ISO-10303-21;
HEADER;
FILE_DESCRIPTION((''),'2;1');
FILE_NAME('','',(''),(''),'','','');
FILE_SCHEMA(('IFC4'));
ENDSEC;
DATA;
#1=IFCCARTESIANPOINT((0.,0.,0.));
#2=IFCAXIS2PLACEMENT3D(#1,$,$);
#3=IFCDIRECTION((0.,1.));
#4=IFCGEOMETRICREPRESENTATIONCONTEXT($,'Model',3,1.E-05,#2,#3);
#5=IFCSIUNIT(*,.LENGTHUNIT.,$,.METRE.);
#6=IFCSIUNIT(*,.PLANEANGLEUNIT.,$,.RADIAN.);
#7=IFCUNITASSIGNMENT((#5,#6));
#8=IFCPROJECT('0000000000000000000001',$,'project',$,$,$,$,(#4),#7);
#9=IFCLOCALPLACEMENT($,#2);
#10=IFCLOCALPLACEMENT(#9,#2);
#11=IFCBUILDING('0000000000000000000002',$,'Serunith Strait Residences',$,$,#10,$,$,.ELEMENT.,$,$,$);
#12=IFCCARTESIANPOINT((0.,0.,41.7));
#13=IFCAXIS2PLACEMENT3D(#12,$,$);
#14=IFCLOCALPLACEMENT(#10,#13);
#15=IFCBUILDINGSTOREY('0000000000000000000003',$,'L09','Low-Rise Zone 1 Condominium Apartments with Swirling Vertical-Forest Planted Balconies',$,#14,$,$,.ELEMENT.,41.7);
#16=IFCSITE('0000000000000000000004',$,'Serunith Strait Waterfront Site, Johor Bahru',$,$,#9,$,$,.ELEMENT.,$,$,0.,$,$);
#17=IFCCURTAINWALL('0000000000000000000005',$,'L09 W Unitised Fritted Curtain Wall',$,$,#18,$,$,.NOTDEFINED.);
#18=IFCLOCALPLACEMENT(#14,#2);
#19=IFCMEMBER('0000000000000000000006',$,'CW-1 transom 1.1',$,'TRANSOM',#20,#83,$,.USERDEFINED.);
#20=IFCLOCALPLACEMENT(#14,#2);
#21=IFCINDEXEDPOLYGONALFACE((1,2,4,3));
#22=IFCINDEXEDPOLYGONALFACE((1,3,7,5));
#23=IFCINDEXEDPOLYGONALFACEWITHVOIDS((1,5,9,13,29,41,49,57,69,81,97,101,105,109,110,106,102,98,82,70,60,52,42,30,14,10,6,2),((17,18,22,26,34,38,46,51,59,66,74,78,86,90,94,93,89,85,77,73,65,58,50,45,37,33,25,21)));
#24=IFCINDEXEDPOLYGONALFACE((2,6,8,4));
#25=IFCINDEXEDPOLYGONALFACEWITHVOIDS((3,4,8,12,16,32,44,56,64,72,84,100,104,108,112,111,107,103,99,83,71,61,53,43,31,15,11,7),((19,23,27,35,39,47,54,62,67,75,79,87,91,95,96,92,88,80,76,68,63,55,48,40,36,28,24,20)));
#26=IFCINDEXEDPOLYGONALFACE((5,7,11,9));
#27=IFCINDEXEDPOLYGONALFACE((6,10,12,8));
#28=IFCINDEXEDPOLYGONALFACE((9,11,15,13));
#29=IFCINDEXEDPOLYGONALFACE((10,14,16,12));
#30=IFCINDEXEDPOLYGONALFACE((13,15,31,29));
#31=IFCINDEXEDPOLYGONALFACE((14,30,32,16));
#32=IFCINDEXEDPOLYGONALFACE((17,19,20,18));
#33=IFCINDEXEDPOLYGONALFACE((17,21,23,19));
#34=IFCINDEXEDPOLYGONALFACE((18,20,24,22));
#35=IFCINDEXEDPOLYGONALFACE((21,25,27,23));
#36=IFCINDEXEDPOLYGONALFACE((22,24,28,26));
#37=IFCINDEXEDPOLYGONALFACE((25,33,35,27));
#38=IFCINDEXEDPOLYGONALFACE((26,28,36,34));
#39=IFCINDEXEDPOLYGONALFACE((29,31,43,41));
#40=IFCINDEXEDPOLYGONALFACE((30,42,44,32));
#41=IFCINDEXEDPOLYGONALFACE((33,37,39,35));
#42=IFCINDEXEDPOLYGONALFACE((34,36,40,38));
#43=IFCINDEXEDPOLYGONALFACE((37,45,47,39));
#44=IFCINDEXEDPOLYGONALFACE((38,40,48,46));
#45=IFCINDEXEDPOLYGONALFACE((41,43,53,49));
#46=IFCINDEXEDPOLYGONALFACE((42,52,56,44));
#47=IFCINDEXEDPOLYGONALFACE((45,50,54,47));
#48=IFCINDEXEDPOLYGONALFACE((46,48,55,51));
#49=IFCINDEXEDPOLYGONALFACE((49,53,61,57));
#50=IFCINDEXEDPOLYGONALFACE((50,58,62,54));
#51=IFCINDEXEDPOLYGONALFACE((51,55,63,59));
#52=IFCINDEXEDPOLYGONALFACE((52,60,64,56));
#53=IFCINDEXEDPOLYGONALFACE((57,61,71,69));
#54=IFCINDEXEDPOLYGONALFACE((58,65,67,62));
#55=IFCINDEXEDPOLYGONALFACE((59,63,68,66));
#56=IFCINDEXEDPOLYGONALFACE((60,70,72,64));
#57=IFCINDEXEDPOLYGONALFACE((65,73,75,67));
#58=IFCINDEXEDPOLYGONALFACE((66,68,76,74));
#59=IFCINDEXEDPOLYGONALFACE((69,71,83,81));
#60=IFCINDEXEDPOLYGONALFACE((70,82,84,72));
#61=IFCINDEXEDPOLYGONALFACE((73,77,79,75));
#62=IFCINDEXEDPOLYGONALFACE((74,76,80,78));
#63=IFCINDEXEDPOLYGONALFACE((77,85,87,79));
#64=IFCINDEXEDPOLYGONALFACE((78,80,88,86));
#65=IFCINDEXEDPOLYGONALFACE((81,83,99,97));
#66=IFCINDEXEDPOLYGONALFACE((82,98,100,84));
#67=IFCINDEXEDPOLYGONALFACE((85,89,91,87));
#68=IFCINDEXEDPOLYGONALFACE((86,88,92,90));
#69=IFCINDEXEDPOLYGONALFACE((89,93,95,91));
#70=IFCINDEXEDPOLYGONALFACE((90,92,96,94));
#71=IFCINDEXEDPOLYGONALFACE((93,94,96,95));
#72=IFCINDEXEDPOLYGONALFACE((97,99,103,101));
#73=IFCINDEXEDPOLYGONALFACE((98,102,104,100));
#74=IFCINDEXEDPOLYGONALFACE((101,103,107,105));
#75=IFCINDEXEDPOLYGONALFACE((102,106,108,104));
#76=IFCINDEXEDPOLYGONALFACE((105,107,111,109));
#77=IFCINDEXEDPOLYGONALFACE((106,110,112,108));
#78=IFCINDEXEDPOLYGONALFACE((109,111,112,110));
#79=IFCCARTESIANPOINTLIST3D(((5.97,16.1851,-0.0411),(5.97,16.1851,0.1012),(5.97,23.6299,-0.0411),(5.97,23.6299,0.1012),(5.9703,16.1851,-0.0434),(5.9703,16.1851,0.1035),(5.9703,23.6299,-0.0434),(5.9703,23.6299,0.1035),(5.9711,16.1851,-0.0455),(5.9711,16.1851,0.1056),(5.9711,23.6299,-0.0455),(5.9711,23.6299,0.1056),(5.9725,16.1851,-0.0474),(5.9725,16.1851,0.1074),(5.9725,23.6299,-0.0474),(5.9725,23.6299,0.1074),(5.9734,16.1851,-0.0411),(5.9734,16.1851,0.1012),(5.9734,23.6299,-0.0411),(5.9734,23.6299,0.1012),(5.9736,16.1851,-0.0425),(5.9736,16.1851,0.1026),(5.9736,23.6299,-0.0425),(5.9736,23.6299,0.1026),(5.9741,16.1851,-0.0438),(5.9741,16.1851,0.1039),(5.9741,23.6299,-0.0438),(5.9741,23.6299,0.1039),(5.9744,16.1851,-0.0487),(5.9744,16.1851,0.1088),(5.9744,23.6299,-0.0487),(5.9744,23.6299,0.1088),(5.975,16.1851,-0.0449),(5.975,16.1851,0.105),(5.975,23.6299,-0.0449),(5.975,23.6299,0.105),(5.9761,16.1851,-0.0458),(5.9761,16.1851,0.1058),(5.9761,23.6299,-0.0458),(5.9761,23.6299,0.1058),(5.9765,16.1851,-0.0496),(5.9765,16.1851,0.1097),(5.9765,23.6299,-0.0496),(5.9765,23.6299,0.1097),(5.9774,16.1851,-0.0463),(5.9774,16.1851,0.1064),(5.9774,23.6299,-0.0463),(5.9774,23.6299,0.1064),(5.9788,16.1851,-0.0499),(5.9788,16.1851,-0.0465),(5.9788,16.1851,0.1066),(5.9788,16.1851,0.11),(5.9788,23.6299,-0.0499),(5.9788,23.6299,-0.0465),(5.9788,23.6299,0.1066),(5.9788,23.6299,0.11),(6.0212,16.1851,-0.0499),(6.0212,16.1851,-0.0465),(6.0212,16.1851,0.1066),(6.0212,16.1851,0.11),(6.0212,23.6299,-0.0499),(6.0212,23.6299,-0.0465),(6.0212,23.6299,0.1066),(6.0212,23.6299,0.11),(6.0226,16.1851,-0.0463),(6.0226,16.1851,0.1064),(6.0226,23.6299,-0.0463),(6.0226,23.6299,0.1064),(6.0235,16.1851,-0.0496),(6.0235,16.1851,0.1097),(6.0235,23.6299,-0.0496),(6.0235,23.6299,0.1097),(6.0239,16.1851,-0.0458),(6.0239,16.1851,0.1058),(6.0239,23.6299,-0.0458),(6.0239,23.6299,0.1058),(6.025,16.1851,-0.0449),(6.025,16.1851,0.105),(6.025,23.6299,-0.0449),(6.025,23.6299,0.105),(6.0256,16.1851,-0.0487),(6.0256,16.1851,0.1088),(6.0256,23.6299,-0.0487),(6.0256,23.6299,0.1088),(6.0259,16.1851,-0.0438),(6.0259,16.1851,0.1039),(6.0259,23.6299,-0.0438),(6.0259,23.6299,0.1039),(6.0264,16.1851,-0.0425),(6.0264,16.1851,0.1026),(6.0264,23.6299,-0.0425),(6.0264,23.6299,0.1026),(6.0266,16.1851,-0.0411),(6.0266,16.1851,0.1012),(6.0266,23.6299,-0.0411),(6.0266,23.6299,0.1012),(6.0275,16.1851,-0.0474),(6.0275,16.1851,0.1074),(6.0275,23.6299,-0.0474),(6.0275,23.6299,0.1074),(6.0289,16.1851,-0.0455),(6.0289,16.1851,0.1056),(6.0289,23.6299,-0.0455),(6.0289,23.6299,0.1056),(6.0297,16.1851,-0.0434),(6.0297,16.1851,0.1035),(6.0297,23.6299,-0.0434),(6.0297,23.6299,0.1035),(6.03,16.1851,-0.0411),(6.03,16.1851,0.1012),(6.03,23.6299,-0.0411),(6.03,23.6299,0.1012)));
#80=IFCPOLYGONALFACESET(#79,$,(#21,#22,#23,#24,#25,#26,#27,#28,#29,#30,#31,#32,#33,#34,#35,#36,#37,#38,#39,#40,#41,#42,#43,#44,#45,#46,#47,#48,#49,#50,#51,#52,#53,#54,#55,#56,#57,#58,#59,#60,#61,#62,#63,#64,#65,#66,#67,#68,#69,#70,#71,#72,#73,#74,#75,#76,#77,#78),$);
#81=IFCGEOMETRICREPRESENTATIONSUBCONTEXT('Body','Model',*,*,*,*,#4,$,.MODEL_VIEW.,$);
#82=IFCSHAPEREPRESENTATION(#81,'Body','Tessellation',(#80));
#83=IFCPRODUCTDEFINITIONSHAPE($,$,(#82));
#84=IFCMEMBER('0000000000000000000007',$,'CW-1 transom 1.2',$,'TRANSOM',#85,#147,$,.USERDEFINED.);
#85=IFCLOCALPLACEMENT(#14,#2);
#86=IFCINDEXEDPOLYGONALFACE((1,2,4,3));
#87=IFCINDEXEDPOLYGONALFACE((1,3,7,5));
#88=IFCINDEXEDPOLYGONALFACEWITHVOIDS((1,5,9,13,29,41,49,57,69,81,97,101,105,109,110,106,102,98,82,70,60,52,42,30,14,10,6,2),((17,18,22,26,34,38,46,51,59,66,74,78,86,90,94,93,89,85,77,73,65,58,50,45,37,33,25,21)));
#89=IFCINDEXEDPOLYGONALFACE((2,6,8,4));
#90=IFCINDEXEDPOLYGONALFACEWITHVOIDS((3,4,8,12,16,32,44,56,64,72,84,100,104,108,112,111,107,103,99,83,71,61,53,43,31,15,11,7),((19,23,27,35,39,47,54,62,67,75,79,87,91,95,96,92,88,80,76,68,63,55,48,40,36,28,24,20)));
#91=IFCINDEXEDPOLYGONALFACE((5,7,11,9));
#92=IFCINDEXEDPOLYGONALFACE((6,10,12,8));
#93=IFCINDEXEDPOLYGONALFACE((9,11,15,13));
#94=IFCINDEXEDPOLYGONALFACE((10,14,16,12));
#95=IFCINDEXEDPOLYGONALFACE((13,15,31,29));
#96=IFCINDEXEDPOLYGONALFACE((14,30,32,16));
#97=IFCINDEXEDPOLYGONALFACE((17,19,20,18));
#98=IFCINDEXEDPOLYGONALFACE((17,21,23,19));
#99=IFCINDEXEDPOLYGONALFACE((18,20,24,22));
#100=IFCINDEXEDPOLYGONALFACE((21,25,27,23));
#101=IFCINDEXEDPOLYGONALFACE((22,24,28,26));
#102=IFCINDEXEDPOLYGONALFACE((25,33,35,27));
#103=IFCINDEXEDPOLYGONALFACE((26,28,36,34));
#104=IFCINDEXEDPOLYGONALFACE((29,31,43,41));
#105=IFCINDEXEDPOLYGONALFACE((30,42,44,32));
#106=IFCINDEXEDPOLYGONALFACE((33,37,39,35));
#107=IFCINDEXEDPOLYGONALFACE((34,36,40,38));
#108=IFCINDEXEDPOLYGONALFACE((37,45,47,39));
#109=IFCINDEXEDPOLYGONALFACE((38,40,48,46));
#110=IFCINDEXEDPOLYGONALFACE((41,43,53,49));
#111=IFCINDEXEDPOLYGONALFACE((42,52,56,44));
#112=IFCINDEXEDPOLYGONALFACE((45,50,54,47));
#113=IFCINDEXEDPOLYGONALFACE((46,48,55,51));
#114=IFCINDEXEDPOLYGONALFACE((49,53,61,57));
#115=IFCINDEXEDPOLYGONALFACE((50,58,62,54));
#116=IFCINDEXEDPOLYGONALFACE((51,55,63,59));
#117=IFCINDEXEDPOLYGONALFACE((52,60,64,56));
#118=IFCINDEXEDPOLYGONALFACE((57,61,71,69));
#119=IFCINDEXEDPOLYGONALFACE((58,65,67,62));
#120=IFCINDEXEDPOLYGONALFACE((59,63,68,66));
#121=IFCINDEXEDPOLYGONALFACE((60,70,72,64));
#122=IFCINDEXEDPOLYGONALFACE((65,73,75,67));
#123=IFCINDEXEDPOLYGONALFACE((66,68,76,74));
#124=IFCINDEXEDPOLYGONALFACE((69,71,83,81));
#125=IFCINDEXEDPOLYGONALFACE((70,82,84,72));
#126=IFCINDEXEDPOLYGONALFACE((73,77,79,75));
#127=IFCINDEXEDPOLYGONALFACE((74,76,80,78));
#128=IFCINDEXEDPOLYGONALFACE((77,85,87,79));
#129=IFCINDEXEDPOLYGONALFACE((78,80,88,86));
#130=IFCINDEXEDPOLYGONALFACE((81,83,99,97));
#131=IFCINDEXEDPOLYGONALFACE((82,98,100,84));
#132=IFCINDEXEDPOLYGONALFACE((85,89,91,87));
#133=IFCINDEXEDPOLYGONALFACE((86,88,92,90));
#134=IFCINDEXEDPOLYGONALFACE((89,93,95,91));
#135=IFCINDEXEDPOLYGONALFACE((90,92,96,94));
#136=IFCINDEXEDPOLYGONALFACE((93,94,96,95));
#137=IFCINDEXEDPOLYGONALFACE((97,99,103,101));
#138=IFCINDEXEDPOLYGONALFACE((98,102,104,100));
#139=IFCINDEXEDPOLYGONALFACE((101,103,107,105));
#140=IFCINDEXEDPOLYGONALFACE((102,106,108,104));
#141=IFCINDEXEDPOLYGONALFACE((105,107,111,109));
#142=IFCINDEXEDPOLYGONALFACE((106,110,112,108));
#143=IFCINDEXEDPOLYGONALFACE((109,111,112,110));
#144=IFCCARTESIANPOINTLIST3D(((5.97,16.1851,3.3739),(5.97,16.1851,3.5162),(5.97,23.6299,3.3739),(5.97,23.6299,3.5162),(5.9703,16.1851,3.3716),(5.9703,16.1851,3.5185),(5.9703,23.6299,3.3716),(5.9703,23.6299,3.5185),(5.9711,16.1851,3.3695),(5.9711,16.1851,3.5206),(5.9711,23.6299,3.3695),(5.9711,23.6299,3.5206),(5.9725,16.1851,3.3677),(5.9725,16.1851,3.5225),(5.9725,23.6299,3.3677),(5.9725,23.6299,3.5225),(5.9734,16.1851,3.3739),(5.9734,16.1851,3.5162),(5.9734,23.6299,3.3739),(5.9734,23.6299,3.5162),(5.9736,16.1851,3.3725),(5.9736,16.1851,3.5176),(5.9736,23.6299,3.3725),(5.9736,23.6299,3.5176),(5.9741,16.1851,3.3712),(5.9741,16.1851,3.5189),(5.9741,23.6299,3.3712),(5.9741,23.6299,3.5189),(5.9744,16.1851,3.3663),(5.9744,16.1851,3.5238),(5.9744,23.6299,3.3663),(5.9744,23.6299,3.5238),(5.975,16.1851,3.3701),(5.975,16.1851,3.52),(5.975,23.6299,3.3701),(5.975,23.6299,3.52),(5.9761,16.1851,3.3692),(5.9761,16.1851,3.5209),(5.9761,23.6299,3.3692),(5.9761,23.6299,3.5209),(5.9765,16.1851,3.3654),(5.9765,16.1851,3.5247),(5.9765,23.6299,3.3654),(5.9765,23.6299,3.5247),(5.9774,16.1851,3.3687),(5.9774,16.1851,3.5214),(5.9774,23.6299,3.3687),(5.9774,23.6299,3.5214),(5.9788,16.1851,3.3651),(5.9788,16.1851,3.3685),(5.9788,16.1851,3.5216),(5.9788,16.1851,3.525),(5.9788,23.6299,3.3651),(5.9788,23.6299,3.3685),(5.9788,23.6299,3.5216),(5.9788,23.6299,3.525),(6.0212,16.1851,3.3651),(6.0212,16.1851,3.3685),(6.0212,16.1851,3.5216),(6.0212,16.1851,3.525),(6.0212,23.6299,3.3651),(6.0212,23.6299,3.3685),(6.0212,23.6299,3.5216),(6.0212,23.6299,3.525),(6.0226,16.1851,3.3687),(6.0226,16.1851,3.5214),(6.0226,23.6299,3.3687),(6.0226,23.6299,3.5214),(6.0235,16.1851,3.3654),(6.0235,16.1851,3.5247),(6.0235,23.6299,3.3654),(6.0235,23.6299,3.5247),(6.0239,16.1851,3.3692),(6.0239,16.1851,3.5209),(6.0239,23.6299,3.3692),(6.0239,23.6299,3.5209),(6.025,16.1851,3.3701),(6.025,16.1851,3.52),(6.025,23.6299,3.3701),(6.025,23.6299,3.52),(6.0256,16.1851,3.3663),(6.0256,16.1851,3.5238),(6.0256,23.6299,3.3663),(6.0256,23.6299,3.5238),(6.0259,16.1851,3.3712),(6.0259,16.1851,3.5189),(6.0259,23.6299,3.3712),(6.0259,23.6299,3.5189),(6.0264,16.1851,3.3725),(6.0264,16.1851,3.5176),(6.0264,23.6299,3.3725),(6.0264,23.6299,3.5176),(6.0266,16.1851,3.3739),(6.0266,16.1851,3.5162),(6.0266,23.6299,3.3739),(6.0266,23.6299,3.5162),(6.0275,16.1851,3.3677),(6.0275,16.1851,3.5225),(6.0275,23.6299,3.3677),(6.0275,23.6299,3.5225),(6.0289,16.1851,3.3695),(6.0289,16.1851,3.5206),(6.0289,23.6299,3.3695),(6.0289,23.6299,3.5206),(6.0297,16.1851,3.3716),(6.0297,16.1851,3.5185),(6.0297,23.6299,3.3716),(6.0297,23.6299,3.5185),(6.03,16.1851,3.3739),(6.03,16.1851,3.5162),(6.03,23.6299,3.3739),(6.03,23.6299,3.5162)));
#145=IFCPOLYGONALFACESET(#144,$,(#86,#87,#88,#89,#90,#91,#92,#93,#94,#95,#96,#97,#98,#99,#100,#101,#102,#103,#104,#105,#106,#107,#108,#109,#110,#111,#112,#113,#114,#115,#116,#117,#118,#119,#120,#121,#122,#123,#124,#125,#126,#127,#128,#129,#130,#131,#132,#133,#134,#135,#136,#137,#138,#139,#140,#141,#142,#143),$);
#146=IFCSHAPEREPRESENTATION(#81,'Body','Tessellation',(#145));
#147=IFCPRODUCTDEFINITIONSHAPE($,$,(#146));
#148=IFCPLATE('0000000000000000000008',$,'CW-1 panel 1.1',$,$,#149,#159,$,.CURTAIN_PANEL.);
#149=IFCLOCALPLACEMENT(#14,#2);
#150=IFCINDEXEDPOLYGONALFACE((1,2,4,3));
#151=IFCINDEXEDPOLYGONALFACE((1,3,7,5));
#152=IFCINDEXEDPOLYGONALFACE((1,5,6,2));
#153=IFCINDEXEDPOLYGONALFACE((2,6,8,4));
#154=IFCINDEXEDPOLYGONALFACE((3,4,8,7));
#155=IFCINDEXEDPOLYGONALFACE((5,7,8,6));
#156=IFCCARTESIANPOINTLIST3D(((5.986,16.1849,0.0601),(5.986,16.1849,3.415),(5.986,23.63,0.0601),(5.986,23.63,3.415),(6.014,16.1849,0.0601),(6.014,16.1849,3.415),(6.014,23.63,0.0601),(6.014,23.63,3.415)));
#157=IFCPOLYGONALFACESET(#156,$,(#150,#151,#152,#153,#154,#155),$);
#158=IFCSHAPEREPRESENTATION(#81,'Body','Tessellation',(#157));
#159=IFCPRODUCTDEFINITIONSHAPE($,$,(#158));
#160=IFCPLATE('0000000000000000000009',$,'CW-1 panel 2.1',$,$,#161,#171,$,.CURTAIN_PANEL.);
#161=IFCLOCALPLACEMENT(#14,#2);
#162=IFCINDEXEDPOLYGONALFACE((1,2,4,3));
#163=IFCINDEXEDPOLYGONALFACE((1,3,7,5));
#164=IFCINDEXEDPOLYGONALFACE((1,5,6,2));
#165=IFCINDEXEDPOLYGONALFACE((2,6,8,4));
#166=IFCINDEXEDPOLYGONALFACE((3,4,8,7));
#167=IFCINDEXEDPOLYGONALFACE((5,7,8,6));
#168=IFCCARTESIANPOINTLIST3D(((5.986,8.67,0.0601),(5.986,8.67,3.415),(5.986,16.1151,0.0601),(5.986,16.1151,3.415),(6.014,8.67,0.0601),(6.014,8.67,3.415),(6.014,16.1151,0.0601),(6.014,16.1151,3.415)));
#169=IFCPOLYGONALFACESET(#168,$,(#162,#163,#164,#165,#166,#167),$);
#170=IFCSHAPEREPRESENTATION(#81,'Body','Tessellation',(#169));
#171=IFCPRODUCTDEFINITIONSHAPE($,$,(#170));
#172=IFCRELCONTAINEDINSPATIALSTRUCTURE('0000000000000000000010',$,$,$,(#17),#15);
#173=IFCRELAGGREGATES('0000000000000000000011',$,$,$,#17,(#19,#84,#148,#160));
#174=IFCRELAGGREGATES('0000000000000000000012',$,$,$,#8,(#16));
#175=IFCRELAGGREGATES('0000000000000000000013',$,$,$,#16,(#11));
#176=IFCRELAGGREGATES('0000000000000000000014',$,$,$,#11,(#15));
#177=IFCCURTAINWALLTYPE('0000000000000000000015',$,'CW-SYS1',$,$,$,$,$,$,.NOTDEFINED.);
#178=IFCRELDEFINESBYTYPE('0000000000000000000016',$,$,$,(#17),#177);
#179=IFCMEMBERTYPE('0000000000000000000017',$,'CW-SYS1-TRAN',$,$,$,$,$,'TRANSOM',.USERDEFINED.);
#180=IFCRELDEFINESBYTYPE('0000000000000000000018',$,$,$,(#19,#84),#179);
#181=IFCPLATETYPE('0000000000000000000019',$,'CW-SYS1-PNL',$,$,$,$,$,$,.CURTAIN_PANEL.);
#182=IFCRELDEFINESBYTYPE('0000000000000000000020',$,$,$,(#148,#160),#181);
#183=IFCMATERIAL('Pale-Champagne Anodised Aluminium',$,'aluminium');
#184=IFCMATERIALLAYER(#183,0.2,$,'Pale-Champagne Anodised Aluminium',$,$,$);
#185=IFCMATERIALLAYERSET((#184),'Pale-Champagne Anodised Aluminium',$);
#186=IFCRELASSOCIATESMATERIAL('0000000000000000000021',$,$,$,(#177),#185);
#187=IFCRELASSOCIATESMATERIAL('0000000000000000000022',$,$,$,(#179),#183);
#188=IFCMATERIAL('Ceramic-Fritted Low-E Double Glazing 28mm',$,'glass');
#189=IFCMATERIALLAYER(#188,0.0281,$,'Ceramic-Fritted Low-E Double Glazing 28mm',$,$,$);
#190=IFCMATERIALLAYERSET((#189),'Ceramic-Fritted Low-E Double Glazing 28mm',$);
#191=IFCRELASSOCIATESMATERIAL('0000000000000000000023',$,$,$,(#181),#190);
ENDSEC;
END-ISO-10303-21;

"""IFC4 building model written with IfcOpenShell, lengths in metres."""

from ifc_helpers import new_model, si_unit, direction, frame, origin, origin_2d, place, context, subcontext, project, spatial, rectangle, hollow_rectangle, extrude, source, transform, mapped, material, layer, layer_set, material_profile, profile_set, type_object, element, aggregate, save


model = new_model("IFC4")

# Units and contexts
model_context = context("Model", 3, precision=1e-05, world=origin(), true_north=direction((0.0, 1.0)))
body_context = subcontext(model_context, "Body", "Model", "MODEL_VIEW")
ifc_project = project(units=[si_unit("LENGTHUNIT", "METRE"), si_unit("PLANEANGLEUNIT", "RADIAN")], contexts=[model_context])

# Site, building, storey
site_placement = place(None, origin())
site = spatial("IfcSite", under=ifc_project, at=site_placement, Name="Serunith Strait Waterfront Site, Johor Bahru", CompositionType="ELEMENT", RefElevation=0.0)
building_placement = place(site_placement, origin())
building = spatial("IfcBuilding", under=site, at=building_placement, Name="Serunith Strait Residences", CompositionType="ELEMENT")
storey_placement = place(building_placement, frame((0.0, 0.0, 41.7)))
storey = spatial("IfcBuildingStorey", under=building, at=storey_placement, Name="L09", Description="Low-Rise Zone 1 Condominium Apartments with Swirling Vertical-Forest Planted Balconies", CompositionType="ELEMENT", Elevation=41.7)

# Curtain wall, members, plates
ifc_material_1 = material(Name="Pale-Champagne Anodised Aluminium", Category="aluminium")
ifc_layer_1 = layer(ifc_material_1, 0.2, Name="Pale-Champagne Anodised Aluminium")
ifc_layer_set_1 = layer_set([ifc_layer_1], Name="Pale-Champagne Anodised Aluminium")
curtain_wall_type = type_object("IfcCurtainWallType", Name="CW-SYS1", PredefinedType="NOTDEFINED", material=ifc_layer_set_1)
curtain_wall_placement = place(storey_placement, origin())
curtain_wall = element("IfcCurtainWall", 1, at=curtain_wall_placement, inside=storey, type_object=curtain_wall_type, Name="L09 W Unitised Fritted Curtain Wall", PredefinedType="NOTDEFINED")
ifc_material_profile_1 = material_profile(ifc_material_1, hollow_rectangle(XDim=0.0601, YDim=0.1599, WallThickness=0.0034, InnerFilletRadius=0.0054, OuterFilletRadius=0.0088, at=origin_2d()), Name="ALU 160x60x3.5")
ifc_profile_set_1 = profile_set([ifc_material_profile_1], Name="Pale-Champagne Anodised Aluminium")
member_type_1 = type_object("IfcMemberType", Name="CW-SYS1-TRAN", ElementType="TRANSOM", PredefinedType="USERDEFINED", material=ifc_profile_set_1)
shared_shape_1 = source(origin(), body_context, "Body", "SweptSolid", [
    extrude(hollow_rectangle(XDim=0.0601, YDim=0.1599, WallThickness=0.0034, InnerFilletRadius=0.0054, OuterFilletRadius=0.0088, at=origin_2d()), origin(), (0.0, 0.0, 1.0), 7.4448),
])
member_1_placement = place(storey_placement, frame((6.0, 23.6299, 0.03), z_axis=(0.0, -1.0, 0.0), x_axis=(1.0, 0.0, 0.0)))
member_1 = element("IfcMember", 2, at=member_1_placement, type_object=member_type_1, Name="CW-1 transom 1.1", ObjectType="TRANSOM", PredefinedType="USERDEFINED", context=body_context, shape_type="MappedRepresentation", body=[
    mapped(shared_shape_1, transform((0.0, 0.0, 0.0), scale=1.0)),
])
member_2_placement = place(storey_placement, frame((6.0, 23.6299, 3.4451), z_axis=(0.0, -1.0, 0.0), x_axis=(1.0, 0.0, 0.0)))
member_2 = element("IfcMember", 3, at=member_2_placement, type_object=member_type_1, Name="CW-1 transom 1.2", ObjectType="TRANSOM", PredefinedType="USERDEFINED", context=body_context, shape_type="MappedRepresentation", body=[
    mapped(shared_shape_1, transform((0.0, 0.0, 0.0), scale=1.0)),
])
ifc_material_2 = material(Name="Ceramic-Fritted Low-E Double Glazing 28mm", Category="glass")
ifc_layer_2 = layer(ifc_material_2, 0.0281, Name="Ceramic-Fritted Low-E Double Glazing 28mm")
ifc_layer_set_2 = layer_set([ifc_layer_2], Name="Ceramic-Fritted Low-E Double Glazing 28mm")
plate_type = type_object("IfcPlateType", Name="CW-SYS1-PNL", PredefinedType="CURTAIN_PANEL", material=ifc_layer_set_2)
shared_shape_2 = source(origin(), body_context, "Body", "SweptSolid", [
    extrude(rectangle(XDim=7.4451, YDim=0.0281, at=origin_2d()), origin(), (0.0, 0.0, 1.0), 3.355),
])
plate_1_placement = place(storey_placement, frame((6.0, 19.9075, 0.0601), z_axis=(0.0, 0.0, 1.0), x_axis=(0.0, -1.0, 0.0)))
plate_1 = element("IfcPlate", 4, at=plate_1_placement, type_object=plate_type, Name="CW-1 panel 1.1", PredefinedType="CURTAIN_PANEL", context=body_context, shape_type="MappedRepresentation", body=[
    mapped(shared_shape_2, transform((0.0, 0.0, 0.0), scale=1.0)),
])
plate_2_placement = place(storey_placement, frame((6.0, 12.3926, 0.0601), z_axis=(0.0, 0.0, 1.0), x_axis=(0.0, -1.0, 0.0)))
plate_2 = element("IfcPlate", 5, at=plate_2_placement, type_object=plate_type, Name="CW-1 panel 2.1", PredefinedType="CURTAIN_PANEL", context=body_context, shape_type="MappedRepresentation", body=[
    mapped(shared_shape_2, transform((0.0, 0.0, 0.0), scale=1.0)),
])
aggregate(curtain_wall, [member_1, member_2, plate_1, plate_2])

save(model, "model.ifc")
